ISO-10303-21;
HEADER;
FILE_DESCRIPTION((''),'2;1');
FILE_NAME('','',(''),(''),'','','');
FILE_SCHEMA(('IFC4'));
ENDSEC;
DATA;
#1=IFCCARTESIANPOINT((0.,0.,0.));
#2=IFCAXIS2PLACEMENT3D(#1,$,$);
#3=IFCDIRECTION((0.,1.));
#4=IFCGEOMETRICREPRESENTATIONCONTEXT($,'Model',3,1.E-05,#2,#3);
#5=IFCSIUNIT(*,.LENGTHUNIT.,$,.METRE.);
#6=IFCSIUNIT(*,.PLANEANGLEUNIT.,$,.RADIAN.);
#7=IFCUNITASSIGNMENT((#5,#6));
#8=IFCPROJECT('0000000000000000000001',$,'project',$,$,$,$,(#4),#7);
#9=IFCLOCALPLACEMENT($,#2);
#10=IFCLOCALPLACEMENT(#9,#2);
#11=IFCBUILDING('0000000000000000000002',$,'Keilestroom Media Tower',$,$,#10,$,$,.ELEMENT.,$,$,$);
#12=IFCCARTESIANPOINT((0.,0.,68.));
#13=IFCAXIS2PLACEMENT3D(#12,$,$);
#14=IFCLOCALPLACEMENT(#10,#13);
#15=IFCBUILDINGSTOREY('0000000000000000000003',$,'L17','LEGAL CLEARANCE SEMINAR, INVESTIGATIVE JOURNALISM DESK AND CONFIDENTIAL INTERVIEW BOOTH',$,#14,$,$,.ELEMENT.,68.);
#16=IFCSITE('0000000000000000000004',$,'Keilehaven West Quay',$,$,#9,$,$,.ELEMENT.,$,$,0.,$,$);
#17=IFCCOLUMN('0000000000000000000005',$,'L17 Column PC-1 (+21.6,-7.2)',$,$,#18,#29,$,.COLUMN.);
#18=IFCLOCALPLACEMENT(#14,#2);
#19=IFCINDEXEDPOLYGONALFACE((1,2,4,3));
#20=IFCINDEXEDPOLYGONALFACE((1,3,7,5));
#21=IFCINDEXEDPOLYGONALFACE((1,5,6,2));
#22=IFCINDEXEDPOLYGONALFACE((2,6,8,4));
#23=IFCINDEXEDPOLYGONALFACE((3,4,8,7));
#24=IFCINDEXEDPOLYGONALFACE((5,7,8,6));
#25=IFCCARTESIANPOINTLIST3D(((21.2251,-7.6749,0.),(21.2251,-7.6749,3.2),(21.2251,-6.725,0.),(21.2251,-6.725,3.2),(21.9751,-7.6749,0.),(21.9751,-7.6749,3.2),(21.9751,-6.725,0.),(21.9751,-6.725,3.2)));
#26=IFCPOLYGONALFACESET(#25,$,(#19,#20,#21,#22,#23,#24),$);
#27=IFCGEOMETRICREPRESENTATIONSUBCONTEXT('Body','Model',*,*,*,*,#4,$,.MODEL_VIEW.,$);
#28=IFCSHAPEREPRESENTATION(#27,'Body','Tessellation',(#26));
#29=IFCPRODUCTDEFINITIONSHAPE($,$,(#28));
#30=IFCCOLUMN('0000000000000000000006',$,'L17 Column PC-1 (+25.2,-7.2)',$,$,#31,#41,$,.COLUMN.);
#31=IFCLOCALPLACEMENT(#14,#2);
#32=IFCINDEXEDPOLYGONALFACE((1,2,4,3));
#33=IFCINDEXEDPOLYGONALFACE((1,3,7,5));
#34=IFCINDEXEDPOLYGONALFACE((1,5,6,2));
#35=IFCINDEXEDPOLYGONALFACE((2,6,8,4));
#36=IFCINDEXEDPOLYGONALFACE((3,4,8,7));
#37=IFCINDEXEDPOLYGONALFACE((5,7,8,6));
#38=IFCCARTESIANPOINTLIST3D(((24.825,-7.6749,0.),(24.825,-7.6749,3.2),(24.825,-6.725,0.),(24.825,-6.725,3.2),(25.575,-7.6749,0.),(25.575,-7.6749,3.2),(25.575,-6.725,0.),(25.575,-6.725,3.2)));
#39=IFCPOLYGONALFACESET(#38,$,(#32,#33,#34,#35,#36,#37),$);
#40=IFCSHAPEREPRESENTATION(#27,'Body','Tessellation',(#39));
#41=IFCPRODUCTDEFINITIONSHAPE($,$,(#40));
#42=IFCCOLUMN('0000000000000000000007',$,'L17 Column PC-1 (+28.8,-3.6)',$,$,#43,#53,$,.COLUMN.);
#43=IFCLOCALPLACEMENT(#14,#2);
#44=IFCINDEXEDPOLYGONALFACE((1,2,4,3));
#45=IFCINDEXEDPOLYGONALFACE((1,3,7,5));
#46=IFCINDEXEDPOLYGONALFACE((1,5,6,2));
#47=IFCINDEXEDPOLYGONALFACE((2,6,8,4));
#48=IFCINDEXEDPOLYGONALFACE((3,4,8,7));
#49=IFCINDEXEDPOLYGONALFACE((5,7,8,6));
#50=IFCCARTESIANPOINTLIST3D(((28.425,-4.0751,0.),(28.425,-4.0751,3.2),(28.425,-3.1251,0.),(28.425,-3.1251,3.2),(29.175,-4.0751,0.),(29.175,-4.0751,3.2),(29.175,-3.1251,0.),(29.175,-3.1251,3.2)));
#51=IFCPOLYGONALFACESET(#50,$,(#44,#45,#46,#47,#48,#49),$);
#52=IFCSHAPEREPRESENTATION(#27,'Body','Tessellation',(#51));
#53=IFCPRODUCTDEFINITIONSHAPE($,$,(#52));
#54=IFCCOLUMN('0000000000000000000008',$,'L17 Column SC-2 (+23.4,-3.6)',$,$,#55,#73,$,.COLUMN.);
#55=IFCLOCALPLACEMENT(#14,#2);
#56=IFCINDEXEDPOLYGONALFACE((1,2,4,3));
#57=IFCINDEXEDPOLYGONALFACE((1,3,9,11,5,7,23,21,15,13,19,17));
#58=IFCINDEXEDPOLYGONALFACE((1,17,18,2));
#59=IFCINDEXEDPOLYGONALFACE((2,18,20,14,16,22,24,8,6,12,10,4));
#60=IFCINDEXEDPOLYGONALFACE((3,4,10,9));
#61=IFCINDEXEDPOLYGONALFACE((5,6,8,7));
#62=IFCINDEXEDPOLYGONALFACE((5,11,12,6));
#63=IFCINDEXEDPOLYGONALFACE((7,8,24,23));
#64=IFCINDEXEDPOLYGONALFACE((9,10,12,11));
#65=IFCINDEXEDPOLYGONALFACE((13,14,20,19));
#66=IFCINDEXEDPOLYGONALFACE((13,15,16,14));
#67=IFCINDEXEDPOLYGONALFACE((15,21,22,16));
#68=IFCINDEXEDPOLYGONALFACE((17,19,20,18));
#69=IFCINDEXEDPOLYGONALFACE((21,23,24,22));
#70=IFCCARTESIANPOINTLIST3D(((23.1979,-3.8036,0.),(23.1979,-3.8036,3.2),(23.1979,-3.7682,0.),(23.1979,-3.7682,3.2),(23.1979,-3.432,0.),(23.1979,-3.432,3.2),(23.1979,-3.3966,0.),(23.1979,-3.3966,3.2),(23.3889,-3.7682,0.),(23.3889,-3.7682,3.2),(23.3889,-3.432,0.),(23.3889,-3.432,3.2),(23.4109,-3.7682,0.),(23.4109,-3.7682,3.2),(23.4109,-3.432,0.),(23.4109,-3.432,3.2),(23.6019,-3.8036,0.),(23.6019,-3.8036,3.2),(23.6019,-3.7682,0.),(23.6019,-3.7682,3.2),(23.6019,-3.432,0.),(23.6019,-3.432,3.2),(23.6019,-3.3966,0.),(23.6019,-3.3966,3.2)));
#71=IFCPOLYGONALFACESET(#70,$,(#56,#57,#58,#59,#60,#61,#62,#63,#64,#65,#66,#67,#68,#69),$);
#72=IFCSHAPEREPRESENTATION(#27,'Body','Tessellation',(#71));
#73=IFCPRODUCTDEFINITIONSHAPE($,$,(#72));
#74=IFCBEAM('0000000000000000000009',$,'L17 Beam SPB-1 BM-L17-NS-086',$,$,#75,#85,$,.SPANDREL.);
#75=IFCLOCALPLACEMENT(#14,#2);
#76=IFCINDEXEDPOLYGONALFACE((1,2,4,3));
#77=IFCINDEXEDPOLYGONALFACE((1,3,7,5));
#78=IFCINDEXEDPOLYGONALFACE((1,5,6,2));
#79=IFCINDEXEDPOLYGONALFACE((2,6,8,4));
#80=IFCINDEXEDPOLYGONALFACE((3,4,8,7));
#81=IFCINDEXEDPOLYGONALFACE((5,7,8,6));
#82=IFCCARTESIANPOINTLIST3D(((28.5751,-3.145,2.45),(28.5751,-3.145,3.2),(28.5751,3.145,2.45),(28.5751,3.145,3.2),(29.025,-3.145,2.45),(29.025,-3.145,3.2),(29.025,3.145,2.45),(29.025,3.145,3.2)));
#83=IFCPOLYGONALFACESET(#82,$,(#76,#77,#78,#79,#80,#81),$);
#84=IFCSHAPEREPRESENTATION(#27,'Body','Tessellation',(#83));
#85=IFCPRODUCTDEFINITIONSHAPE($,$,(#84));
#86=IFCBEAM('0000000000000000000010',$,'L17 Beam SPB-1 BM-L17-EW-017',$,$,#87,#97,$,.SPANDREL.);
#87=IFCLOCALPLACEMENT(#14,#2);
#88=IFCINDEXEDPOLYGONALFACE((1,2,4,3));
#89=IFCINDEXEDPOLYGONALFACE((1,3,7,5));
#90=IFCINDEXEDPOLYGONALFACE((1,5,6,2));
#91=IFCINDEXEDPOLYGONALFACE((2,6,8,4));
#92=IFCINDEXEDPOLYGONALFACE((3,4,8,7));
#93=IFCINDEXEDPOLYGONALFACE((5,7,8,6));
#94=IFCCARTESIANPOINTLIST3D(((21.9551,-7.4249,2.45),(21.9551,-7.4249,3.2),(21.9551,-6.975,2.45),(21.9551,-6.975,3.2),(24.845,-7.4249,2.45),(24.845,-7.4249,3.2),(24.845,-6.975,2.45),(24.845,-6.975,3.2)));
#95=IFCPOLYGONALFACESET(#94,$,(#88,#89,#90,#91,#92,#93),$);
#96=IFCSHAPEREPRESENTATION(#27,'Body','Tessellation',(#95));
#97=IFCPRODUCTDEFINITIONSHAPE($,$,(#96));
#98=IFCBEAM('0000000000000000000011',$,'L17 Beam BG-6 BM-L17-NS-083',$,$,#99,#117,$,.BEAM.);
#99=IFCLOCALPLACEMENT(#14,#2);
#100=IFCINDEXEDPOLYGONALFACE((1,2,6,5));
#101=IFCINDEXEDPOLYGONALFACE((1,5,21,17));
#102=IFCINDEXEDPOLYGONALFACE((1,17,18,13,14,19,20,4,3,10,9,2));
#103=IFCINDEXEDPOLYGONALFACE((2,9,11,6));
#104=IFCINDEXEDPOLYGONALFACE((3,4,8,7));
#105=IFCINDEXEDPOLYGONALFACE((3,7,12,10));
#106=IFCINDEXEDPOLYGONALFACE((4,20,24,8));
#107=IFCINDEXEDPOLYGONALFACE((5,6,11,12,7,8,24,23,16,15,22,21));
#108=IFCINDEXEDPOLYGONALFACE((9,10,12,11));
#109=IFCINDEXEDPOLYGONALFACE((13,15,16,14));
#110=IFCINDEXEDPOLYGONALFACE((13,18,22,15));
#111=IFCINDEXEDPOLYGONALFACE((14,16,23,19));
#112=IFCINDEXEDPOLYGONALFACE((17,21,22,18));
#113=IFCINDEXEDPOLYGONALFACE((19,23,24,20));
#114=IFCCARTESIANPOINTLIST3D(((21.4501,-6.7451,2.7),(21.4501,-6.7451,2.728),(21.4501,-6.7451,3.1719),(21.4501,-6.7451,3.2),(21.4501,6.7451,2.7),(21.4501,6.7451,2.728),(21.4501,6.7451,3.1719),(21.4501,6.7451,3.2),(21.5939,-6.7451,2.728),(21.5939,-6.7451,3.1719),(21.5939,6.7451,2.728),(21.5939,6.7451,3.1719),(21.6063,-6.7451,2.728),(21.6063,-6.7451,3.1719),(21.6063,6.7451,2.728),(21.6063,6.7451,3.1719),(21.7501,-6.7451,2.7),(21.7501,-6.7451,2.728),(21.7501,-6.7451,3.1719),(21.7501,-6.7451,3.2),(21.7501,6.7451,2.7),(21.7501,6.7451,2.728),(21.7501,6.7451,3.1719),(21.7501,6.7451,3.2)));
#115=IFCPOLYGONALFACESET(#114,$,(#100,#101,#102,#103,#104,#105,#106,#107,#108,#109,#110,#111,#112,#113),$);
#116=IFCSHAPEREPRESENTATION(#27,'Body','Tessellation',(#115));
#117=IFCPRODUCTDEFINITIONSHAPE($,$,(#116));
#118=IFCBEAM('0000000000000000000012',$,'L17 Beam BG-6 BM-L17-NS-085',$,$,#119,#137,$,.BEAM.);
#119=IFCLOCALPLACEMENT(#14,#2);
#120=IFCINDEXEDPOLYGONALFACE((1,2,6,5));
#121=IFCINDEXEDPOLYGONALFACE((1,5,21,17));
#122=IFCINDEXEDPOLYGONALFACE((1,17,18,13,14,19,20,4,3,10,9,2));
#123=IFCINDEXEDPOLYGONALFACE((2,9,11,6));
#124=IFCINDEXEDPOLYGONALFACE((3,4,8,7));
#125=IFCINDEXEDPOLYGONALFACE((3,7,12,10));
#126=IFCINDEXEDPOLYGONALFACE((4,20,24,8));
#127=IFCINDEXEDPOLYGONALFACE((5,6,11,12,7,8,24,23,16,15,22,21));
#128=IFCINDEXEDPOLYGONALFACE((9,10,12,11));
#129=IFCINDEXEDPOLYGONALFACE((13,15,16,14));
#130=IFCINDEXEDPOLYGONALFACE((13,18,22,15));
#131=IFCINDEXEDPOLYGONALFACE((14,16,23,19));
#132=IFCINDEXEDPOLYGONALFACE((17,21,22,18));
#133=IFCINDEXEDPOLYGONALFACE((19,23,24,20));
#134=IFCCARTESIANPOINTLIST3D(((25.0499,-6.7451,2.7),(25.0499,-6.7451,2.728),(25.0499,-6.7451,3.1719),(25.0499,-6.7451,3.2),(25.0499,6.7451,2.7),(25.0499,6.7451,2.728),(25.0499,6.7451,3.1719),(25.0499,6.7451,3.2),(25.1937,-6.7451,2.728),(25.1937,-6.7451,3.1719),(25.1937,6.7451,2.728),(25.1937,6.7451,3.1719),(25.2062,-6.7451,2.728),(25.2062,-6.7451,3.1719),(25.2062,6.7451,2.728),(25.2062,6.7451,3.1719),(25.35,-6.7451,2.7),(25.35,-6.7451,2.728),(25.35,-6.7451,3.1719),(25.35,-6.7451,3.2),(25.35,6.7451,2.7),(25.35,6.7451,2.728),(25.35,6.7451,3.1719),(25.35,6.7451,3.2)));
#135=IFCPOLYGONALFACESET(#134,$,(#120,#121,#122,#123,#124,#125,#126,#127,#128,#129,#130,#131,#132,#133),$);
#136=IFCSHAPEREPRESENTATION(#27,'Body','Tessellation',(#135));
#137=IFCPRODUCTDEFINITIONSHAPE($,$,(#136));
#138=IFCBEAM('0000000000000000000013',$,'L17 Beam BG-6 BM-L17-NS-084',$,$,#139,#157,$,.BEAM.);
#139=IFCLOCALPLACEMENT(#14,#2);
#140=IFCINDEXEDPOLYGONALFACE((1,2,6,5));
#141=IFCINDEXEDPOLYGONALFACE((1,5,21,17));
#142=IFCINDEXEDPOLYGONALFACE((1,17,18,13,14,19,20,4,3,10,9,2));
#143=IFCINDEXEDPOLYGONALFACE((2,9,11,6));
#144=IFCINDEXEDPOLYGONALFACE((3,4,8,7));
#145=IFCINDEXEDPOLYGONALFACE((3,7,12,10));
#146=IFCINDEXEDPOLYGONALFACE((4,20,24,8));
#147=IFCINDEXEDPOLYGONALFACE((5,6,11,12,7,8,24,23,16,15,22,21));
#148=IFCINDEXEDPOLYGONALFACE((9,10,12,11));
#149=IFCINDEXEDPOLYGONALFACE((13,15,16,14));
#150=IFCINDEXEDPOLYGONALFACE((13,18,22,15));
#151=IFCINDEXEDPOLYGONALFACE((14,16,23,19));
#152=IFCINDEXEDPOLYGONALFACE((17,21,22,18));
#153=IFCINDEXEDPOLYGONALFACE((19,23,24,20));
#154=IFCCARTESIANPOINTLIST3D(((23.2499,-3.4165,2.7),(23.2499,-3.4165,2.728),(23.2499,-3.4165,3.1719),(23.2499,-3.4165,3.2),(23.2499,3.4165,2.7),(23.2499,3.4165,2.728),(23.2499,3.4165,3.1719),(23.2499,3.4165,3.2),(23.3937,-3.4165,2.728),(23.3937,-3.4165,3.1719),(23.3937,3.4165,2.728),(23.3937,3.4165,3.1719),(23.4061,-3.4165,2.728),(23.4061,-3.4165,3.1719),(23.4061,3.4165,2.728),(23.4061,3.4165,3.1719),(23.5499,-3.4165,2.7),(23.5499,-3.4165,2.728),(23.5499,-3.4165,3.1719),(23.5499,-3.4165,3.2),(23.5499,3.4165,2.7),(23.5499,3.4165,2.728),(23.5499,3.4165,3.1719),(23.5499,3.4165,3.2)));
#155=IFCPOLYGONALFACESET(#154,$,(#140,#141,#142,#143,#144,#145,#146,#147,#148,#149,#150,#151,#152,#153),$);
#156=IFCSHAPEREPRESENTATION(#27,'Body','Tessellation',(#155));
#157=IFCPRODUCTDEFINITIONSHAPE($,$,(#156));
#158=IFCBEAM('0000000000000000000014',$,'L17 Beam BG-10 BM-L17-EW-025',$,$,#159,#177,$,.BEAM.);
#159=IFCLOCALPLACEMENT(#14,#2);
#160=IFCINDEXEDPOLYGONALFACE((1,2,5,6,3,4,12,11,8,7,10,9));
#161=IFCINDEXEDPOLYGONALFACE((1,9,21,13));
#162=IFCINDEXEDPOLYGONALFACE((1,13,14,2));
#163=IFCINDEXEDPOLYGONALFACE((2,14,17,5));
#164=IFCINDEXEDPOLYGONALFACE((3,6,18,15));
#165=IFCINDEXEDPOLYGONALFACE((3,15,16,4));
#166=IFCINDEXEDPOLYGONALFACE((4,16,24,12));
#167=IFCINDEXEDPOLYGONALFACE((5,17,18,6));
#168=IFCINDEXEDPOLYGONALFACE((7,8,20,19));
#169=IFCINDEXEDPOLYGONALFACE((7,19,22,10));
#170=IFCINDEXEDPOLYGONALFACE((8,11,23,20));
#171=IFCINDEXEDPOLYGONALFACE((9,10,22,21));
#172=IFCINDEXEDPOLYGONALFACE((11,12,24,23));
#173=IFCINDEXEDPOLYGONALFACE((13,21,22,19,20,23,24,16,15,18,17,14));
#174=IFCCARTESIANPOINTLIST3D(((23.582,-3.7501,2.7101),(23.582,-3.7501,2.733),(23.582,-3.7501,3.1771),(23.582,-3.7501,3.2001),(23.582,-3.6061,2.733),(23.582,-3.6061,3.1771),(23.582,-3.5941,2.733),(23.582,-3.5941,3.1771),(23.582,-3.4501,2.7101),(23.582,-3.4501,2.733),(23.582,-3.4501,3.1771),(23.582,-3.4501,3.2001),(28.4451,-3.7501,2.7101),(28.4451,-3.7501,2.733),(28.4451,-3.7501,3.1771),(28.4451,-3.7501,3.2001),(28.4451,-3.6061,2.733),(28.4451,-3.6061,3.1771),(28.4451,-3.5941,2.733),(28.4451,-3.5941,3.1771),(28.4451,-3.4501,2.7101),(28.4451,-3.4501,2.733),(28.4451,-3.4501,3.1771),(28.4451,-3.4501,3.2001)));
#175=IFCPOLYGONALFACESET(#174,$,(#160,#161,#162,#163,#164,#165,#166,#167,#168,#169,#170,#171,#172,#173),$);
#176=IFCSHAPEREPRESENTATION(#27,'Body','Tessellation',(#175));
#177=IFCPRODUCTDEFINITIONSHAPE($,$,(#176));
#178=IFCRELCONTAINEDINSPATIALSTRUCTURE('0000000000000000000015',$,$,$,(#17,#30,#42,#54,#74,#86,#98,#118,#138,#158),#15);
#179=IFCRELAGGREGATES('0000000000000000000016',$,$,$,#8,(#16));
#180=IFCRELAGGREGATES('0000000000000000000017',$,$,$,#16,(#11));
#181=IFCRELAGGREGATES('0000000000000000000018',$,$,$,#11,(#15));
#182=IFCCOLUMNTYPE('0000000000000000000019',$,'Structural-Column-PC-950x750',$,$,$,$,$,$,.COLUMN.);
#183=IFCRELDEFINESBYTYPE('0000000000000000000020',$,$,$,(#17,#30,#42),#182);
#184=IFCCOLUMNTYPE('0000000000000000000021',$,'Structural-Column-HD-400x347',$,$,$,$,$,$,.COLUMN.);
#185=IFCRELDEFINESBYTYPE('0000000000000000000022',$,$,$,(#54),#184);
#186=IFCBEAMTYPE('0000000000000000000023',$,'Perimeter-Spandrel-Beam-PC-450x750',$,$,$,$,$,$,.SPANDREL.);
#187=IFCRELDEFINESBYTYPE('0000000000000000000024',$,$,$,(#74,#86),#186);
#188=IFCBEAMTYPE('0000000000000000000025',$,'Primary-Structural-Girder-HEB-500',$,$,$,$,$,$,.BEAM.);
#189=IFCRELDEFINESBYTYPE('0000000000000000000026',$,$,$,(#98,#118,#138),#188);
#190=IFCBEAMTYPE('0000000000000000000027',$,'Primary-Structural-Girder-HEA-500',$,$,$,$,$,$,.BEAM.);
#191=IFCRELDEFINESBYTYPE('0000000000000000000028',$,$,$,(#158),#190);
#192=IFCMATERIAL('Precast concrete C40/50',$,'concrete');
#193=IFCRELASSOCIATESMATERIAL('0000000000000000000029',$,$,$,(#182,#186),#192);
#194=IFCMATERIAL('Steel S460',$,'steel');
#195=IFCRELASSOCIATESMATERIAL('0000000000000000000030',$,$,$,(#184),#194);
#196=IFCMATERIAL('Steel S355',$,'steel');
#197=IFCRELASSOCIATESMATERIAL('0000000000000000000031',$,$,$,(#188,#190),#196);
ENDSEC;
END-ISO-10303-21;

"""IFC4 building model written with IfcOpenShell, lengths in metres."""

from ifc_helpers import new_model, si_unit, direction, frame, origin, origin_2d, place, context, subcontext, project, spatial, rectangle, i_section, extrude, source, transform, mapped, material, material_profile, profile_set, type_object, element, save


model = new_model("IFC4")

# Units and contexts
model_context = context("Model", 3, precision=1e-05, world=origin(), true_north=direction((0.0, 1.0)))
body_context = subcontext(model_context, "Body", "Model", "MODEL_VIEW")
ifc_project = project(units=[si_unit("LENGTHUNIT", "METRE"), si_unit("PLANEANGLEUNIT", "RADIAN")], contexts=[model_context])

# Site, building, storey
site_placement = place(None, origin())
site = spatial("IfcSite", under=ifc_project, at=site_placement, Name="Keilehaven West Quay", CompositionType="ELEMENT", RefElevation=0.0)
building_placement = place(site_placement, origin())
building = spatial("IfcBuilding", under=site, at=building_placement, Name="Keilestroom Media Tower", CompositionType="ELEMENT")
storey_placement = place(building_placement, frame((0.0, 0.0, 68.0)))
storey = spatial("IfcBuildingStorey", under=building, at=storey_placement, Name="L17", Description="LEGAL CLEARANCE SEMINAR, INVESTIGATIVE JOURNALISM DESK AND CONFIDENTIAL INTERVIEW BOOTH", CompositionType="ELEMENT", Elevation=68.0)

# Columns
ifc_material_1 = material(Name="Precast concrete C40/50", Category="concrete")
ifc_material_profile_1 = material_profile(ifc_material_1, rectangle(XDim=0.75, YDim=0.95, at=origin_2d()), Name="PC 950x750")
ifc_profile_set_1 = profile_set([ifc_material_profile_1], Name="Precast concrete C40/50")
column_type_1 = type_object("IfcColumnType", Name="Structural-Column-PC-950x750", PredefinedType="COLUMN", material=ifc_profile_set_1)
shared_shape_1 = source(origin(), body_context, "Body", "SweptSolid", [
    extrude(rectangle(XDim=0.75, YDim=0.95, at=origin_2d()), origin(), (0.0, 0.0, 1.0), 3.2),
])
for number, where, z_axis, x_axis, name in (
    (1, (21.6001, -7.2, 0.0), (0.0, 0.0, 1.0), (1.0, 0.0, 0.0), "L17 Column PC-1 (+21.6,-7.2)"),
    (2, (25.2, -7.2, 0.0), (0.0, 0.0, 1.0), (1.0, 0.0, 0.0), "L17 Column PC-1 (+25.2,-7.2)"),
    (3, (28.8, -3.6001, 0.0), (0.0, 0.0, 1.0), (1.0, 0.0, 0.0), "L17 Column PC-1 (+28.8,-3.6)"),
):
    element("IfcColumn", number, at=place(storey_placement, frame(where, z_axis=z_axis, x_axis=x_axis)), inside=storey, type_object=column_type_1, Name=name, PredefinedType="COLUMN", context=body_context, shape_type="MappedRepresentation", body=[
        mapped(shared_shape_1, transform((0.0, 0.0, 0.0), x_axis=(1.0, 0.0, 0.0), y_axis=(0.0, 1.0, 0.0), z_axis=(0.0, 0.0, 1.0), scale=1.0)),
    ])
ifc_material_2 = material(Name="Steel S460", Category="steel")
ifc_material_profile_2 = material_profile(ifc_material_2, i_section(OverallWidth=0.4041, OverallDepth=0.407, WebThickness=0.022, FlangeThickness=0.0354, at=origin_2d()), Name="HD 400x347")
ifc_profile_set_2 = profile_set([ifc_material_profile_2], Name="Steel S460")
column_type_2 = type_object("IfcColumnType", Name="Structural-Column-HD-400x347", PredefinedType="COLUMN", material=ifc_profile_set_2)
shared_shape_2 = source(origin(), body_context, "Body", "SweptSolid", [
    extrude(i_section(OverallWidth=0.4041, OverallDepth=0.407, WebThickness=0.022, FlangeThickness=0.0354, at=origin_2d()), origin(), (0.0, 0.0, 1.0), 3.2),
])
column_placement = place(storey_placement, frame((23.3999, -3.6001, 0.0), z_axis=(0.0, 0.0, 1.0), x_axis=(1.0, 0.0, 0.0)))
element("IfcColumn", 4, at=column_placement, inside=storey, type_object=column_type_2, Name="L17 Column SC-2 (+23.4,-3.6)", PredefinedType="COLUMN", context=body_context, shape_type="MappedRepresentation", body=[
    mapped(shared_shape_2, transform((0.0, 0.0, 0.0), x_axis=(1.0, 0.0, 0.0), y_axis=(0.0, 1.0, 0.0), z_axis=(0.0, 0.0, 1.0), scale=1.0)),
])

# Beams
ifc_material_profile_3 = material_profile(ifc_material_1, rectangle(XDim=0.45, YDim=0.75, at=origin_2d()), Name="PC 450x750")
ifc_profile_set_3 = profile_set([ifc_material_profile_3], Name="Precast concrete C40/50")
beam_type_1 = type_object("IfcBeamType", Name="Perimeter-Spandrel-Beam-PC-450x750", PredefinedType="SPANDREL", material=ifc_profile_set_3)
shared_shape_3 = source(origin(), body_context, "Body", "SweptSolid", [
    extrude(rectangle(XDim=0.45, YDim=0.75, at=origin_2d()), origin(), (0.0, 0.0, 1.0), 6.29),
])
beam_1_placement = place(storey_placement, frame((28.8, -3.145, 2.825), z_axis=(0.0, 1.0, 0.0), x_axis=(-1.0, 0.0, 0.0)))
element("IfcBeam", 5, at=beam_1_placement, inside=storey, type_object=beam_type_1, Name="L17 Beam SPB-1 BM-L17-NS-086", PredefinedType="SPANDREL", context=body_context, shape_type="MappedRepresentation", body=[
    mapped(shared_shape_3, transform((0.0, 0.0, 0.0), x_axis=(1.0, 0.0, 0.0), y_axis=(0.0, 1.0, 0.0), z_axis=(0.0, 0.0, 1.0), scale=1.0)),
])
shared_shape_4 = source(origin(), body_context, "Body", "SweptSolid", [
    extrude(rectangle(XDim=0.45, YDim=0.75, at=origin_2d()), origin(), (0.0, 0.0, 1.0), 2.8899),
])
beam_2_placement = place(storey_placement, frame((21.9551, -7.2, 2.825), z_axis=(1.0, 0.0, 0.0), x_axis=(0.0, 1.0, 0.0)))
element("IfcBeam", 6, at=beam_2_placement, inside=storey, type_object=beam_type_1, Name="L17 Beam SPB-1 BM-L17-EW-017", PredefinedType="SPANDREL", context=body_context, shape_type="MappedRepresentation", body=[
    mapped(shared_shape_4, transform((0.0, 0.0, 0.0), x_axis=(1.0, 0.0, 0.0), y_axis=(0.0, 1.0, 0.0), z_axis=(0.0, 0.0, 1.0), scale=1.0)),
])
ifc_material_3 = material(Name="Steel S355", Category="steel")
ifc_material_profile_4 = material_profile(ifc_material_3, i_section(OverallWidth=0.3, OverallDepth=0.5, WebThickness=0.0125, FlangeThickness=0.0281, at=origin_2d()), Name="HEB 500")
ifc_profile_set_4 = profile_set([ifc_material_profile_4], Name="Steel S355")
beam_type_2 = type_object("IfcBeamType", Name="Primary-Structural-Girder-HEB-500", PredefinedType="BEAM", material=ifc_profile_set_4)
shared_shape_5 = source(origin(), body_context, "Body", "SweptSolid", [
    extrude(i_section(OverallWidth=0.3, OverallDepth=0.5, WebThickness=0.0125, FlangeThickness=0.0281, at=origin_2d()), origin(), (0.0, 0.0, 1.0), 13.4902),
])
for number, where, z_axis, x_axis, name in (
    (7, (21.6001, -6.7451, 2.95), (0.0, 1.0, 0.0), (-1.0, 0.0, 0.0), "L17 Beam BG-6 BM-L17-NS-083"),
    (8, (25.2, -6.7451, 2.95), (0.0, 1.0, 0.0), (-1.0, 0.0, 0.0), "L17 Beam BG-6 BM-L17-NS-085"),
):
    element("IfcBeam", number, at=place(storey_placement, frame(where, z_axis=z_axis, x_axis=x_axis)), inside=storey, type_object=beam_type_2, Name=name, PredefinedType="BEAM", context=body_context, shape_type="MappedRepresentation", body=[
        mapped(shared_shape_5, transform((0.0, 0.0, 0.0), x_axis=(1.0, 0.0, 0.0), y_axis=(0.0, 1.0, 0.0), z_axis=(0.0, 0.0, 1.0), scale=1.0)),
    ])
shared_shape_6 = source(origin(), body_context, "Body", "SweptSolid", [
    extrude(i_section(OverallWidth=0.3, OverallDepth=0.5, WebThickness=0.0125, FlangeThickness=0.0281, at=origin_2d()), origin(), (0.0, 0.0, 1.0), 6.833),
])
beam_3_placement = place(storey_placement, frame((23.3999, -3.4165, 2.95), z_axis=(0.0, 1.0, 0.0), x_axis=(-1.0, 0.0, 0.0)))
element("IfcBeam", 9, at=beam_3_placement, inside=storey, type_object=beam_type_2, Name="L17 Beam BG-6 BM-L17-NS-084", PredefinedType="BEAM", context=body_context, shape_type="MappedRepresentation", body=[
    mapped(shared_shape_6, transform((0.0, 0.0, 0.0), x_axis=(1.0, 0.0, 0.0), y_axis=(0.0, 1.0, 0.0), z_axis=(0.0, 0.0, 1.0), scale=1.0)),
])
ifc_material_profile_5 = material_profile(ifc_material_3, i_section(OverallWidth=0.3, OverallDepth=0.49, WebThickness=0.012, FlangeThickness=0.0229, at=origin_2d()), Name="HEA 500")
ifc_profile_set_5 = profile_set([ifc_material_profile_5], Name="Steel S355")
beam_type_3 = type_object("IfcBeamType", Name="Primary-Structural-Girder-HEA-500", PredefinedType="BEAM", material=ifc_profile_set_5)
shared_shape_7 = source(origin(), body_context, "Body", "SweptSolid", [
    extrude(i_section(OverallWidth=0.3, OverallDepth=0.49, WebThickness=0.012, FlangeThickness=0.0229, at=origin_2d()), origin(), (0.0, 0.0, 1.0), 4.863),
])
beam_4_placement = place(storey_placement, frame((23.582, -3.6001, 2.9551), z_axis=(1.0, 0.0, 0.0), x_axis=(0.0, 1.0, 0.0)))
element("IfcBeam", 10, at=beam_4_placement, inside=storey, type_object=beam_type_3, Name="L17 Beam BG-10 BM-L17-EW-025", PredefinedType="BEAM", context=body_context, shape_type="MappedRepresentation", body=[
    mapped(shared_shape_7, transform((0.0, 0.0, 0.0), x_axis=(1.0, 0.0, 0.0), y_axis=(0.0, 1.0, 0.0), z_axis=(0.0, 0.0, 1.0), scale=1.0)),
])

save(model, "model.ifc")
